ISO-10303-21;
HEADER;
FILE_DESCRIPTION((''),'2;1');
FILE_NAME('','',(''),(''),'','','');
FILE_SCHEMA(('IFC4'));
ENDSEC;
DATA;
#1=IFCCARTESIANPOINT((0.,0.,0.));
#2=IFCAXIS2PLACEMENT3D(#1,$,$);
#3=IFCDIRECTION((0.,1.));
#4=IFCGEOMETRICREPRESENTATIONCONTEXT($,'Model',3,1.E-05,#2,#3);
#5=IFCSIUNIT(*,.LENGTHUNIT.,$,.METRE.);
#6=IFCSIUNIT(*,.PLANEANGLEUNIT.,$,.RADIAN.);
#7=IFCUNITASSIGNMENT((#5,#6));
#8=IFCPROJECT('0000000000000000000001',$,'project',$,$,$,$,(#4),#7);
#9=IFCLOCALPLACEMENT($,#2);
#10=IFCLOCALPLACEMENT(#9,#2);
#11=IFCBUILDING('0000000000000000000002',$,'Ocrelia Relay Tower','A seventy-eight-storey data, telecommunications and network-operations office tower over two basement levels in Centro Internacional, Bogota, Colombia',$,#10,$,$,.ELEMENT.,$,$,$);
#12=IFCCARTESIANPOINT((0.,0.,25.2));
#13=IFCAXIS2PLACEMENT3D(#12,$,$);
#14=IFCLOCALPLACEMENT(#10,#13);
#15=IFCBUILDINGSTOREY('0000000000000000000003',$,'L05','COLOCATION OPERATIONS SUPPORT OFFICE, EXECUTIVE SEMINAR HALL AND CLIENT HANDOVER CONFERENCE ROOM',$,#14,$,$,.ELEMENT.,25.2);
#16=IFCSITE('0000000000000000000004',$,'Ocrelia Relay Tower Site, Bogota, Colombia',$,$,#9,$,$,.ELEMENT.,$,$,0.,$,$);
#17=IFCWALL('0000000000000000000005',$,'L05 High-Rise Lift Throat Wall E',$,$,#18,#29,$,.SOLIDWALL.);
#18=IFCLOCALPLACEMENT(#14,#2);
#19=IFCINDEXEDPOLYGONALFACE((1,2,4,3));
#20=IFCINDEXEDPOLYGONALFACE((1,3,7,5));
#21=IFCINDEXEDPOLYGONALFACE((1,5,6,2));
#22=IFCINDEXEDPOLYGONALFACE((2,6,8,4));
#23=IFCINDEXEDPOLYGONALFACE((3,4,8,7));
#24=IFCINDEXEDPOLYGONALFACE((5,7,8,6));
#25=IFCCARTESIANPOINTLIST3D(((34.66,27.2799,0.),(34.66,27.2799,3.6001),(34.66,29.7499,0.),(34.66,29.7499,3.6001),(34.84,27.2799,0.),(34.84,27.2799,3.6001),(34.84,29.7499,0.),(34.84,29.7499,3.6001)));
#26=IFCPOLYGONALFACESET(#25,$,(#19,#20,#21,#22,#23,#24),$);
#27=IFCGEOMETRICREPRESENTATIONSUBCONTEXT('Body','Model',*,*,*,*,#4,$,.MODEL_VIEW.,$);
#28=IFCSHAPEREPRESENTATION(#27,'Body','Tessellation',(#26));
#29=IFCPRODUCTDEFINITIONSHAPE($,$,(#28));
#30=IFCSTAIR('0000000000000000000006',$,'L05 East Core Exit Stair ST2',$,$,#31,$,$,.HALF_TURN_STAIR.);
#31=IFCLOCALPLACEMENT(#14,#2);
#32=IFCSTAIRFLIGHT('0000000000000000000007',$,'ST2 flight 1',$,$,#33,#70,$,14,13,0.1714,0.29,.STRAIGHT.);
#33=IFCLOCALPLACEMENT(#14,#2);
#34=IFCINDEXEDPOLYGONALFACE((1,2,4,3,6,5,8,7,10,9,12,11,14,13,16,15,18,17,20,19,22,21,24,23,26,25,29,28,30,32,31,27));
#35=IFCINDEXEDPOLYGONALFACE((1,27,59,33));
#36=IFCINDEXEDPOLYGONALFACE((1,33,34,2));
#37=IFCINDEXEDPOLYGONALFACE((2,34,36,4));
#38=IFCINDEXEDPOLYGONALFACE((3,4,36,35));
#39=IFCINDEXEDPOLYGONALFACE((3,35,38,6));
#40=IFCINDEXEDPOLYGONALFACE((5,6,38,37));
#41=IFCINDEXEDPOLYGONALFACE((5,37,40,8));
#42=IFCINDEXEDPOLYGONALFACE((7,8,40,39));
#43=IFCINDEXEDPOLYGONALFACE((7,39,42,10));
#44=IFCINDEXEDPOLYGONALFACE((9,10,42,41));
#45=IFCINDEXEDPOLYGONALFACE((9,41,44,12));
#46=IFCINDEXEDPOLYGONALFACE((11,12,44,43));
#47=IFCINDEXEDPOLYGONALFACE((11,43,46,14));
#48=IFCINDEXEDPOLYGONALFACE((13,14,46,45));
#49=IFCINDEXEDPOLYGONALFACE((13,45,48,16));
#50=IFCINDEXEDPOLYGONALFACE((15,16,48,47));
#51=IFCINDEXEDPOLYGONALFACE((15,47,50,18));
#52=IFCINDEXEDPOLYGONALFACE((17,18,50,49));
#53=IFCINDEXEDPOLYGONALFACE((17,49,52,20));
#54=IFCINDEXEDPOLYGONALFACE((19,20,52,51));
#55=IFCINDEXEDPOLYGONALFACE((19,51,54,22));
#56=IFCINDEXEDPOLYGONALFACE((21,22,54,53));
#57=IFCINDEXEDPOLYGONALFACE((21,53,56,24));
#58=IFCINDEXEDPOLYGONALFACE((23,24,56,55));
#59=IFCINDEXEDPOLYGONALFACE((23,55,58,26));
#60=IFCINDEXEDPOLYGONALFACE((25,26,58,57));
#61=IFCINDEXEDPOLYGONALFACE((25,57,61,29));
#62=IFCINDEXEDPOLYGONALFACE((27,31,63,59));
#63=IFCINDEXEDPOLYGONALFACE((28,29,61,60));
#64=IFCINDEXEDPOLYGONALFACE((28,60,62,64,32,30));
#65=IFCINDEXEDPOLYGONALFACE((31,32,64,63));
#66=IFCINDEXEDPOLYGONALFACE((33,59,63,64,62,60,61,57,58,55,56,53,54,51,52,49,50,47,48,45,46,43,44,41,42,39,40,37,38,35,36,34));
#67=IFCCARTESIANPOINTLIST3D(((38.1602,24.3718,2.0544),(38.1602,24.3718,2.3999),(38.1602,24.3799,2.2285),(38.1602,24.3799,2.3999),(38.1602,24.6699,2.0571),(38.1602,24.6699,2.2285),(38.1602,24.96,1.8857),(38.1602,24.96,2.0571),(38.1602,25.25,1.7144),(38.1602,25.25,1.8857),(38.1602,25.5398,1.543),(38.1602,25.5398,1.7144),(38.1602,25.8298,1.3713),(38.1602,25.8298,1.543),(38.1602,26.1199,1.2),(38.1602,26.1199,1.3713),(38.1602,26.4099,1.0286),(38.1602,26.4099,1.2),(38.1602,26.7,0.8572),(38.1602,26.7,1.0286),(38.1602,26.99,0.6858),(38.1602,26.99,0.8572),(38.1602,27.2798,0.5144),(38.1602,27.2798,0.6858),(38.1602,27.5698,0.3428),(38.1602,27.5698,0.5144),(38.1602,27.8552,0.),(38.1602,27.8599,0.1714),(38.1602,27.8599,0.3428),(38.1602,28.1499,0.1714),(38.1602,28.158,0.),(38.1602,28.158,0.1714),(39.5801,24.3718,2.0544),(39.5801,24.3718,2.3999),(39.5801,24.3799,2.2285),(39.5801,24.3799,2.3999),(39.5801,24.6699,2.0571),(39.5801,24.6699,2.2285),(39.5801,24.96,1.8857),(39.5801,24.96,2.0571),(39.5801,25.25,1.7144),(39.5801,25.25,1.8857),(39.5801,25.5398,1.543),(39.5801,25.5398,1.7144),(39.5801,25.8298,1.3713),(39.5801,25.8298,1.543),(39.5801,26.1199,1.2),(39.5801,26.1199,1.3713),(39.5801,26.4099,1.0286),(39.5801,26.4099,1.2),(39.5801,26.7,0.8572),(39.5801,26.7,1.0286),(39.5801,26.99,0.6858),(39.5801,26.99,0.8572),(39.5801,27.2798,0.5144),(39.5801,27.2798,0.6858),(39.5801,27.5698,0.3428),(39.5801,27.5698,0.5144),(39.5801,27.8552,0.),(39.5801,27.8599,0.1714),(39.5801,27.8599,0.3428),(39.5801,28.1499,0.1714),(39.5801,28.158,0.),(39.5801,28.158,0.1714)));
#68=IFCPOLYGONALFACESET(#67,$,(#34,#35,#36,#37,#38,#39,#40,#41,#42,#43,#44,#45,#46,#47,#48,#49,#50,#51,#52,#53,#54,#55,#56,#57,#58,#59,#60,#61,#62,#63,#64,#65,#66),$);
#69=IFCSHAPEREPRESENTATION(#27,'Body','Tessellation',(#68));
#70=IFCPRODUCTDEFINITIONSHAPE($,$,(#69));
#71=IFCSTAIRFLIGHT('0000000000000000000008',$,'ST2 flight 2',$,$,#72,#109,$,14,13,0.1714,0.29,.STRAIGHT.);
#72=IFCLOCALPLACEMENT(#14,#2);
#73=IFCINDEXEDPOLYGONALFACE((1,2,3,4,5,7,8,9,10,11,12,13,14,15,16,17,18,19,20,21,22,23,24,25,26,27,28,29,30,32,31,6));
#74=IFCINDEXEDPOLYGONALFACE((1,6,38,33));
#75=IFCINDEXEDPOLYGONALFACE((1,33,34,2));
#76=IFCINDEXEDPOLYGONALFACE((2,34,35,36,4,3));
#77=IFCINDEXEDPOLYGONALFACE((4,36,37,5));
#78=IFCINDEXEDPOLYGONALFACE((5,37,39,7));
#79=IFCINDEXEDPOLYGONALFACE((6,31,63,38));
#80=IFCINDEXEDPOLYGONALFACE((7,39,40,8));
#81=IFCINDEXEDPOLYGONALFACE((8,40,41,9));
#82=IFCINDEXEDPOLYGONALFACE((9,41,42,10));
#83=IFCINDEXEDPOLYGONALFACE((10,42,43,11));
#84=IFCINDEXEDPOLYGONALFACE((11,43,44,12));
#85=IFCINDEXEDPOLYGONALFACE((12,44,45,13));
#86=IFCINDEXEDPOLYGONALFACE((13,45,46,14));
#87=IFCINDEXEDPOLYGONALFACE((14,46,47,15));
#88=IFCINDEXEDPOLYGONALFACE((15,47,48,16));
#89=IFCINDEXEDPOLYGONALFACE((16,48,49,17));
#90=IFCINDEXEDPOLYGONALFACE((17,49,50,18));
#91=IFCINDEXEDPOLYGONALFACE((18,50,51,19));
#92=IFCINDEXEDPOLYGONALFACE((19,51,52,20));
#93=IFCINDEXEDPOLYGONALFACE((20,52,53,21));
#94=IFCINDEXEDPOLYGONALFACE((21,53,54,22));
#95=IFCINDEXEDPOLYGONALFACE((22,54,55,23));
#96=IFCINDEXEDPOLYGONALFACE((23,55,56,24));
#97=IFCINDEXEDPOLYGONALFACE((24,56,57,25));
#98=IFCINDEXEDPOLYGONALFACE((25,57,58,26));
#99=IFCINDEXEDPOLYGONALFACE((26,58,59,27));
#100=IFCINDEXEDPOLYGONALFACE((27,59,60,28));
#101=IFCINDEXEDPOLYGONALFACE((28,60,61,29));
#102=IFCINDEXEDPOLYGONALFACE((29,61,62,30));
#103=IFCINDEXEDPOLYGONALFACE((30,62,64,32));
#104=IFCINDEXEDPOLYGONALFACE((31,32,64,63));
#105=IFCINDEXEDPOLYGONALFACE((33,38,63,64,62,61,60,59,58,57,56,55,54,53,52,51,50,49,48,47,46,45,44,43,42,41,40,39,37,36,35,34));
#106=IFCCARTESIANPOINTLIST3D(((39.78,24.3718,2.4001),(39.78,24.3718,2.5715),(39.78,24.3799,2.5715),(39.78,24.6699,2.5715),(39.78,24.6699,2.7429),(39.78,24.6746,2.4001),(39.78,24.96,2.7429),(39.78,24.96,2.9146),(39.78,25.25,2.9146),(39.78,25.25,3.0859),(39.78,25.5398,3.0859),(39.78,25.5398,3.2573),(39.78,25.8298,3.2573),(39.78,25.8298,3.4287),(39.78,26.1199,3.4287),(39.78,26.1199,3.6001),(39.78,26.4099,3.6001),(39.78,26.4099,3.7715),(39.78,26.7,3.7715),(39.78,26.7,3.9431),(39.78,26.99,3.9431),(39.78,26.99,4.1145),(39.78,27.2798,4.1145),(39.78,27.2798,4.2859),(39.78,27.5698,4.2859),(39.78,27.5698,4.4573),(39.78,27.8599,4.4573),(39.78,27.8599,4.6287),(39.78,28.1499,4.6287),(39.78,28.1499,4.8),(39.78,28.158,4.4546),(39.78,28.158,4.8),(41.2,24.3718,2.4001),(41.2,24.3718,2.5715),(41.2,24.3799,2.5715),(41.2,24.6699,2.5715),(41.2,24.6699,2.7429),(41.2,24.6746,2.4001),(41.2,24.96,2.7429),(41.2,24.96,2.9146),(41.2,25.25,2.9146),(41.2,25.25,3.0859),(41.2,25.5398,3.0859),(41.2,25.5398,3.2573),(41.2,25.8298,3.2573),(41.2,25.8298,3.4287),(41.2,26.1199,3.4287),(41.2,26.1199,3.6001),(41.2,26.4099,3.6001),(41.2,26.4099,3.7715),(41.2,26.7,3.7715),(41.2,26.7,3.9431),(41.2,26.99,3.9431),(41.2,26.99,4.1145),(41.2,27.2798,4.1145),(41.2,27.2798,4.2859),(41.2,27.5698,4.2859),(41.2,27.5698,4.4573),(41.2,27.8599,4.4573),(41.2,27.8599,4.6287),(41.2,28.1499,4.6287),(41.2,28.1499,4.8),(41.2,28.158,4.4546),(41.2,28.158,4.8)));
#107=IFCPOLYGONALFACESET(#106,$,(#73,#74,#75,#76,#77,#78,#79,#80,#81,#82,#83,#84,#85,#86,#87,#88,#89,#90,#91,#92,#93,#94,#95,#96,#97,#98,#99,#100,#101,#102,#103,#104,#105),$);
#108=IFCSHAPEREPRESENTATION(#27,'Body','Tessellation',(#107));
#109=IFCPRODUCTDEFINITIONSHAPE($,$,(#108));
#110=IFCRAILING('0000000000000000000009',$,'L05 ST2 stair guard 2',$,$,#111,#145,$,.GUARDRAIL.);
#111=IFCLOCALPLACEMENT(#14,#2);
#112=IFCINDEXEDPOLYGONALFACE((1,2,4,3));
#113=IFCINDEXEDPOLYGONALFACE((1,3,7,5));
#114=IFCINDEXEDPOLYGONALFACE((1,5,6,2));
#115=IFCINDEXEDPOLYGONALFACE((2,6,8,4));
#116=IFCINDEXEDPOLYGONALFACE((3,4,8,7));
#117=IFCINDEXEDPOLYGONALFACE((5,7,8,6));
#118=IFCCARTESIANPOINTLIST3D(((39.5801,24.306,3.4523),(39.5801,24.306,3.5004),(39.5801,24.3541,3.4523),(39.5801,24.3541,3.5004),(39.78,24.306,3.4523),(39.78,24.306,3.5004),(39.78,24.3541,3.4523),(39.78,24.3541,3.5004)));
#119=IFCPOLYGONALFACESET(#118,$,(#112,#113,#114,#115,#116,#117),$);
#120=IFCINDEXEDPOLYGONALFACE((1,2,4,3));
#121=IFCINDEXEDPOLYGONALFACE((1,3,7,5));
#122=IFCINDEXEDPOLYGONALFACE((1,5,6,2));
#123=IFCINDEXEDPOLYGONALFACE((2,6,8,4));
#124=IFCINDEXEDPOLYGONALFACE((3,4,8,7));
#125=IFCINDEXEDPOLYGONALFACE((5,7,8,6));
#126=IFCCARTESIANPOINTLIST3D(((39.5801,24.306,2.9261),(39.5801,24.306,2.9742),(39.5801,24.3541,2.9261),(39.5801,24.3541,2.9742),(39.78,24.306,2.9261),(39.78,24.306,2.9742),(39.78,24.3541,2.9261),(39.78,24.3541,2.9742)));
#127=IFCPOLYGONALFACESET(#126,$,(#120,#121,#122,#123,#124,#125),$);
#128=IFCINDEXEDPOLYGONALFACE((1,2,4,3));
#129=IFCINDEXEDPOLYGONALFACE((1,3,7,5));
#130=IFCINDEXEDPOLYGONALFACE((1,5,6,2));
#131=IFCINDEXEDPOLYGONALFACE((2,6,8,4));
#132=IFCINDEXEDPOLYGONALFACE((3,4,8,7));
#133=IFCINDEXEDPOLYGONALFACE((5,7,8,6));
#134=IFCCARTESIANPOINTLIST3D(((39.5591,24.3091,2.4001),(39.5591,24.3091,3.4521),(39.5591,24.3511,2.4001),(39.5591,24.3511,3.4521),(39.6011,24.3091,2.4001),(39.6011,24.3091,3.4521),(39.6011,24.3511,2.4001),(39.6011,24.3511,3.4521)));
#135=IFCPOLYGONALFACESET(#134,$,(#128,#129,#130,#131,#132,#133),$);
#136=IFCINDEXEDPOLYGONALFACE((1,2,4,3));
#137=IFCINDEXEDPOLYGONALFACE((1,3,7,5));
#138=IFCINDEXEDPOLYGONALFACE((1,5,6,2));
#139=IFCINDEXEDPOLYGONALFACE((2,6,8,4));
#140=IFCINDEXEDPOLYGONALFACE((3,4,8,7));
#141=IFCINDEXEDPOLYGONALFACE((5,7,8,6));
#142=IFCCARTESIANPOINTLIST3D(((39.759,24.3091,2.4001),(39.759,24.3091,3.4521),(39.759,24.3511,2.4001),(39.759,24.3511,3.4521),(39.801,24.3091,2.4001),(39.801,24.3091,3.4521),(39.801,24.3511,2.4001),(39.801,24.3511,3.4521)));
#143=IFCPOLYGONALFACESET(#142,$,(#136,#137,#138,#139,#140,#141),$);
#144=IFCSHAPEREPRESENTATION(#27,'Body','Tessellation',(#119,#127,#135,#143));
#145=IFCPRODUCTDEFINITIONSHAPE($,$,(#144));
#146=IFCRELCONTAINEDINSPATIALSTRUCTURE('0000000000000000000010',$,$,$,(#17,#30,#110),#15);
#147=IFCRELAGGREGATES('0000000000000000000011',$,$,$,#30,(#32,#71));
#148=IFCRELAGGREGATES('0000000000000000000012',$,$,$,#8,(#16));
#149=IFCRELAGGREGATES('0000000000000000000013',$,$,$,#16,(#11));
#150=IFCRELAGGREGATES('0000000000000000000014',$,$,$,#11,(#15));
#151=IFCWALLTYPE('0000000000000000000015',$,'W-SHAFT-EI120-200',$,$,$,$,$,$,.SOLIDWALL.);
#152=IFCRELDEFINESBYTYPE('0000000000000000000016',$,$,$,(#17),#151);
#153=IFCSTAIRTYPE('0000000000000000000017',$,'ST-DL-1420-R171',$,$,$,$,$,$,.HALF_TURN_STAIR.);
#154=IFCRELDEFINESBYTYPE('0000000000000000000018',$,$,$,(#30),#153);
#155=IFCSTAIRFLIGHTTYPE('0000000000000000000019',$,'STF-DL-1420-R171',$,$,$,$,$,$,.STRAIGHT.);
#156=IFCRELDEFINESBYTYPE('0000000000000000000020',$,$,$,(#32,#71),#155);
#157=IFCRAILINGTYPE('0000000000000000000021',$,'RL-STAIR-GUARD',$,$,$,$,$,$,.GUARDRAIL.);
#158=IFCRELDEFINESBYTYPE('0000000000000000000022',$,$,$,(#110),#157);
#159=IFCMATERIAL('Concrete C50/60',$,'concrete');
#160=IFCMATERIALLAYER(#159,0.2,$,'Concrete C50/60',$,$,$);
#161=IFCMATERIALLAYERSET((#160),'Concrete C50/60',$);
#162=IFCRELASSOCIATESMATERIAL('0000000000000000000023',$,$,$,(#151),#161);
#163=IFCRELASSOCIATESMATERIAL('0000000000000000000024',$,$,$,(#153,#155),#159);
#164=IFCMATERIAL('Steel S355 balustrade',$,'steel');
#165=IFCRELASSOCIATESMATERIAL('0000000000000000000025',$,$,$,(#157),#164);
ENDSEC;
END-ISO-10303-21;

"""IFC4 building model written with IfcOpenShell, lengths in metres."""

from ifc_helpers import new_model, si_unit, direction, frame, frame_2d, origin, origin_2d, place, context, subcontext, project, spatial, polyline, rectangle, outline, extrude, material, layer, layer_set, type_object, element, aggregate, save


model = new_model("IFC4")

# Units and contexts
model_context = context("Model", 3, precision=1e-05, world=origin(), true_north=direction((0.0, 1.0)))
body_context = subcontext(model_context, "Body", "Model", "MODEL_VIEW")
ifc_project = project(units=[si_unit("LENGTHUNIT", "METRE"), si_unit("PLANEANGLEUNIT", "RADIAN")], contexts=[model_context])

# Site, building, storey
site_placement = place(None, origin())
site = spatial("IfcSite", under=ifc_project, at=site_placement, Name="Ocrelia Relay Tower Site, Bogota, Colombia", CompositionType="ELEMENT", RefElevation=0.0)
building_placement = place(site_placement, origin())
building = spatial("IfcBuilding", under=site, at=building_placement, Name="Ocrelia Relay Tower", Description="A seventy-eight-storey data, telecommunications and network-operations office tower over two basement levels in Centro Internacional, Bogota, Colombia", CompositionType="ELEMENT")
storey_placement = place(building_placement, frame((0.0, 0.0, 25.2)))
storey = spatial("IfcBuildingStorey", under=building, at=storey_placement, Name="L05", Description="COLOCATION OPERATIONS SUPPORT OFFICE, EXECUTIVE SEMINAR HALL AND CLIENT HANDOVER CONFERENCE ROOM", CompositionType="ELEMENT", Elevation=25.2)

# Shared definitions
ifc_material_1 = material(Name="Concrete C50/60", Category="concrete")
ifc_layer_1 = layer(ifc_material_1, 0.2, Name="Concrete C50/60")
ifc_layer_set_1 = layer_set([ifc_layer_1], Name="Concrete C50/60")
wall_type_1 = type_object("IfcWallType", Name="W-SHAFT-EI120-200", PredefinedType="SOLIDWALL", material=ifc_layer_set_1)

# Wall
wall_1_placement = place(storey_placement, frame((34.75, 27.28, 0.0), z_axis=(0.0, 0.0, 1.0), x_axis=(0.0, 1.0, 0.0)))
element("IfcWall", 1, at=wall_1_placement, inside=storey, type_object=wall_type_1, Name="L05 High-Rise Lift Throat Wall E", PredefinedType="SOLIDWALL", context=body_context, shape_type="SweptSolid", body=[
    extrude(rectangle(XDim=2.47, YDim=0.1799, at=frame_2d((1.2349, 0.0))), origin(), (0.0, 0.0, 1.0), 3.6001),
])

# Stair, stair flights
stair_type = type_object("IfcStairType", Name="ST-DL-1420-R171", PredefinedType="HALF_TURN_STAIR", material=ifc_material_1)
stair_placement = place(storey_placement, origin())
stair = element("IfcStair", 2, at=stair_placement, inside=storey, type_object=stair_type, Name="L05 East Core Exit Stair ST2", PredefinedType="HALF_TURN_STAIR")
stair_flight_type = type_object("IfcStairFlightType", Name="STF-DL-1420-R171", PredefinedType="STRAIGHT", material=ifc_material_1)
stair_flight_1_placement = place(storey_placement, frame((38.8701, 28.1499, 0.0), z_axis=(0.0, 0.0, 1.0), x_axis=(0.0, -1.0, 0.0)))
stair_flight_1 = element("IfcStairFlight", 3, at=stair_flight_1_placement, type_object=stair_flight_type, Name="ST2 flight 1", NumberOfRisers=14, NumberOfTreads=13, PredefinedType="STRAIGHT", RiserHeight=0.1714, TreadLength=0.29, context=body_context, shape_type="SweptSolid", body=[
    extrude(outline(polyline([(-0.0081, 0.0), (-0.0081, 0.1714), (0.0, 0.1714), (0.29, 0.1714), (0.29, 0.3428), (0.5801, 0.3428), (0.5801, 0.5144), (0.8701, 0.5144), (0.8701, 0.6858), (1.1599, 0.6858), (1.1599, 0.8572), (1.45, 0.8572), (1.45, 1.0286), (1.74, 1.0286), (1.74, 1.2), (2.03, 1.2), (2.03, 1.3713), (2.3201, 1.3713), (2.3201, 1.543), (2.6101, 1.543), (2.6101, 1.7144), (2.8999, 1.7144), (2.8999, 1.8857), (3.1899, 1.8857), (3.1899, 2.0571), (3.48, 2.0571), (3.48, 2.2285), (3.77, 2.2285), (3.77, 2.3999), (3.7781, 2.3999), (3.7781, 2.0544), (0.2947, 0.0), (-0.0081, 0.0)])), frame((0.0, 0.71, 0.0), z_axis=(0.0, -1.0, 0.0), x_axis=(1.0, 0.0, 0.0)), (0.0, 0.0, 1.0), 1.4199),
])
stair_flight_2_placement = place(storey_placement, frame((40.49, 24.3799, 2.4001), z_axis=(0.0, 0.0, 1.0), x_axis=(0.0, 1.0, 0.0)))
stair_flight_2 = element("IfcStairFlight", 4, at=stair_flight_2_placement, type_object=stair_flight_type, Name="ST2 flight 2", NumberOfRisers=14, NumberOfTreads=13, PredefinedType="STRAIGHT", RiserHeight=0.1714, TreadLength=0.29, context=body_context, shape_type="SweptSolid", body=[
    extrude(outline(polyline([(-0.0081, 0.0), (-0.0081, 0.1714), (0.0, 0.1714), (0.29, 0.1714), (0.29, 0.3428), (0.5801, 0.3428), (0.5801, 0.5144), (0.8701, 0.5144), (0.8701, 0.6858), (1.1599, 0.6858), (1.1599, 0.8572), (1.45, 0.8572), (1.45, 1.0286), (1.74, 1.0286), (1.74, 1.2), (2.03, 1.2), (2.03, 1.3713), (2.3201, 1.3713), (2.3201, 1.543), (2.6101, 1.543), (2.6101, 1.7144), (2.8999, 1.7144), (2.8999, 1.8857), (3.1899, 1.8857), (3.1899, 2.0571), (3.48, 2.0571), (3.48, 2.2285), (3.77, 2.2285), (3.77, 2.3999), (3.7781, 2.3999), (3.7781, 2.0544), (0.2947, 0.0), (-0.0081, 0.0)])), frame((0.0, 0.71, 0.0), z_axis=(0.0, -1.0, 0.0), x_axis=(1.0, 0.0, 0.0)), (0.0, 0.0, 1.0), 1.4199),
])
aggregate(stair, [stair_flight_1, stair_flight_2])

# Railing
ifc_material_2 = material(Name="Steel S355 balustrade", Category="steel")
railing_type_1 = type_object("IfcRailingType", Name="RL-STAIR-GUARD", PredefinedType="GUARDRAIL", material=ifc_material_2)
railing_1_placement = place(storey_placement, frame((39.5801, 24.3301, 2.4001)))
element("IfcRailing", 5, at=railing_1_placement, inside=storey, type_object=railing_type_1, Name="L05 ST2 stair guard 2", PredefinedType="GUARDRAIL", context=body_context, shape_type="SweptSolid", body=[
    extrude(rectangle(XDim=0.0481, YDim=0.0481, at=origin_2d()), frame((0.0, 0.0, 1.0762), z_axis=(1.0, 0.0, 0.0), x_axis=(0.0, 1.0, 0.0)), (0.0, 0.0, 1.0), 0.2),
    extrude(rectangle(XDim=0.0481, YDim=0.0481, at=origin_2d()), frame((0.0, 0.0, 0.55), z_axis=(1.0, 0.0, 0.0), x_axis=(0.0, 1.0, 0.0)), (0.0, 0.0, 1.0), 0.2),
    extrude(rectangle(XDim=0.042, YDim=0.042, at=origin_2d()), origin(), (0.0, 0.0, 1.0), 1.052),
    extrude(rectangle(XDim=0.042, YDim=0.042, at=origin_2d()), frame((0.2, 0.0, 0.0)), (0.0, 0.0, 1.0), 1.052),
])

save(model, "model.ifc")
